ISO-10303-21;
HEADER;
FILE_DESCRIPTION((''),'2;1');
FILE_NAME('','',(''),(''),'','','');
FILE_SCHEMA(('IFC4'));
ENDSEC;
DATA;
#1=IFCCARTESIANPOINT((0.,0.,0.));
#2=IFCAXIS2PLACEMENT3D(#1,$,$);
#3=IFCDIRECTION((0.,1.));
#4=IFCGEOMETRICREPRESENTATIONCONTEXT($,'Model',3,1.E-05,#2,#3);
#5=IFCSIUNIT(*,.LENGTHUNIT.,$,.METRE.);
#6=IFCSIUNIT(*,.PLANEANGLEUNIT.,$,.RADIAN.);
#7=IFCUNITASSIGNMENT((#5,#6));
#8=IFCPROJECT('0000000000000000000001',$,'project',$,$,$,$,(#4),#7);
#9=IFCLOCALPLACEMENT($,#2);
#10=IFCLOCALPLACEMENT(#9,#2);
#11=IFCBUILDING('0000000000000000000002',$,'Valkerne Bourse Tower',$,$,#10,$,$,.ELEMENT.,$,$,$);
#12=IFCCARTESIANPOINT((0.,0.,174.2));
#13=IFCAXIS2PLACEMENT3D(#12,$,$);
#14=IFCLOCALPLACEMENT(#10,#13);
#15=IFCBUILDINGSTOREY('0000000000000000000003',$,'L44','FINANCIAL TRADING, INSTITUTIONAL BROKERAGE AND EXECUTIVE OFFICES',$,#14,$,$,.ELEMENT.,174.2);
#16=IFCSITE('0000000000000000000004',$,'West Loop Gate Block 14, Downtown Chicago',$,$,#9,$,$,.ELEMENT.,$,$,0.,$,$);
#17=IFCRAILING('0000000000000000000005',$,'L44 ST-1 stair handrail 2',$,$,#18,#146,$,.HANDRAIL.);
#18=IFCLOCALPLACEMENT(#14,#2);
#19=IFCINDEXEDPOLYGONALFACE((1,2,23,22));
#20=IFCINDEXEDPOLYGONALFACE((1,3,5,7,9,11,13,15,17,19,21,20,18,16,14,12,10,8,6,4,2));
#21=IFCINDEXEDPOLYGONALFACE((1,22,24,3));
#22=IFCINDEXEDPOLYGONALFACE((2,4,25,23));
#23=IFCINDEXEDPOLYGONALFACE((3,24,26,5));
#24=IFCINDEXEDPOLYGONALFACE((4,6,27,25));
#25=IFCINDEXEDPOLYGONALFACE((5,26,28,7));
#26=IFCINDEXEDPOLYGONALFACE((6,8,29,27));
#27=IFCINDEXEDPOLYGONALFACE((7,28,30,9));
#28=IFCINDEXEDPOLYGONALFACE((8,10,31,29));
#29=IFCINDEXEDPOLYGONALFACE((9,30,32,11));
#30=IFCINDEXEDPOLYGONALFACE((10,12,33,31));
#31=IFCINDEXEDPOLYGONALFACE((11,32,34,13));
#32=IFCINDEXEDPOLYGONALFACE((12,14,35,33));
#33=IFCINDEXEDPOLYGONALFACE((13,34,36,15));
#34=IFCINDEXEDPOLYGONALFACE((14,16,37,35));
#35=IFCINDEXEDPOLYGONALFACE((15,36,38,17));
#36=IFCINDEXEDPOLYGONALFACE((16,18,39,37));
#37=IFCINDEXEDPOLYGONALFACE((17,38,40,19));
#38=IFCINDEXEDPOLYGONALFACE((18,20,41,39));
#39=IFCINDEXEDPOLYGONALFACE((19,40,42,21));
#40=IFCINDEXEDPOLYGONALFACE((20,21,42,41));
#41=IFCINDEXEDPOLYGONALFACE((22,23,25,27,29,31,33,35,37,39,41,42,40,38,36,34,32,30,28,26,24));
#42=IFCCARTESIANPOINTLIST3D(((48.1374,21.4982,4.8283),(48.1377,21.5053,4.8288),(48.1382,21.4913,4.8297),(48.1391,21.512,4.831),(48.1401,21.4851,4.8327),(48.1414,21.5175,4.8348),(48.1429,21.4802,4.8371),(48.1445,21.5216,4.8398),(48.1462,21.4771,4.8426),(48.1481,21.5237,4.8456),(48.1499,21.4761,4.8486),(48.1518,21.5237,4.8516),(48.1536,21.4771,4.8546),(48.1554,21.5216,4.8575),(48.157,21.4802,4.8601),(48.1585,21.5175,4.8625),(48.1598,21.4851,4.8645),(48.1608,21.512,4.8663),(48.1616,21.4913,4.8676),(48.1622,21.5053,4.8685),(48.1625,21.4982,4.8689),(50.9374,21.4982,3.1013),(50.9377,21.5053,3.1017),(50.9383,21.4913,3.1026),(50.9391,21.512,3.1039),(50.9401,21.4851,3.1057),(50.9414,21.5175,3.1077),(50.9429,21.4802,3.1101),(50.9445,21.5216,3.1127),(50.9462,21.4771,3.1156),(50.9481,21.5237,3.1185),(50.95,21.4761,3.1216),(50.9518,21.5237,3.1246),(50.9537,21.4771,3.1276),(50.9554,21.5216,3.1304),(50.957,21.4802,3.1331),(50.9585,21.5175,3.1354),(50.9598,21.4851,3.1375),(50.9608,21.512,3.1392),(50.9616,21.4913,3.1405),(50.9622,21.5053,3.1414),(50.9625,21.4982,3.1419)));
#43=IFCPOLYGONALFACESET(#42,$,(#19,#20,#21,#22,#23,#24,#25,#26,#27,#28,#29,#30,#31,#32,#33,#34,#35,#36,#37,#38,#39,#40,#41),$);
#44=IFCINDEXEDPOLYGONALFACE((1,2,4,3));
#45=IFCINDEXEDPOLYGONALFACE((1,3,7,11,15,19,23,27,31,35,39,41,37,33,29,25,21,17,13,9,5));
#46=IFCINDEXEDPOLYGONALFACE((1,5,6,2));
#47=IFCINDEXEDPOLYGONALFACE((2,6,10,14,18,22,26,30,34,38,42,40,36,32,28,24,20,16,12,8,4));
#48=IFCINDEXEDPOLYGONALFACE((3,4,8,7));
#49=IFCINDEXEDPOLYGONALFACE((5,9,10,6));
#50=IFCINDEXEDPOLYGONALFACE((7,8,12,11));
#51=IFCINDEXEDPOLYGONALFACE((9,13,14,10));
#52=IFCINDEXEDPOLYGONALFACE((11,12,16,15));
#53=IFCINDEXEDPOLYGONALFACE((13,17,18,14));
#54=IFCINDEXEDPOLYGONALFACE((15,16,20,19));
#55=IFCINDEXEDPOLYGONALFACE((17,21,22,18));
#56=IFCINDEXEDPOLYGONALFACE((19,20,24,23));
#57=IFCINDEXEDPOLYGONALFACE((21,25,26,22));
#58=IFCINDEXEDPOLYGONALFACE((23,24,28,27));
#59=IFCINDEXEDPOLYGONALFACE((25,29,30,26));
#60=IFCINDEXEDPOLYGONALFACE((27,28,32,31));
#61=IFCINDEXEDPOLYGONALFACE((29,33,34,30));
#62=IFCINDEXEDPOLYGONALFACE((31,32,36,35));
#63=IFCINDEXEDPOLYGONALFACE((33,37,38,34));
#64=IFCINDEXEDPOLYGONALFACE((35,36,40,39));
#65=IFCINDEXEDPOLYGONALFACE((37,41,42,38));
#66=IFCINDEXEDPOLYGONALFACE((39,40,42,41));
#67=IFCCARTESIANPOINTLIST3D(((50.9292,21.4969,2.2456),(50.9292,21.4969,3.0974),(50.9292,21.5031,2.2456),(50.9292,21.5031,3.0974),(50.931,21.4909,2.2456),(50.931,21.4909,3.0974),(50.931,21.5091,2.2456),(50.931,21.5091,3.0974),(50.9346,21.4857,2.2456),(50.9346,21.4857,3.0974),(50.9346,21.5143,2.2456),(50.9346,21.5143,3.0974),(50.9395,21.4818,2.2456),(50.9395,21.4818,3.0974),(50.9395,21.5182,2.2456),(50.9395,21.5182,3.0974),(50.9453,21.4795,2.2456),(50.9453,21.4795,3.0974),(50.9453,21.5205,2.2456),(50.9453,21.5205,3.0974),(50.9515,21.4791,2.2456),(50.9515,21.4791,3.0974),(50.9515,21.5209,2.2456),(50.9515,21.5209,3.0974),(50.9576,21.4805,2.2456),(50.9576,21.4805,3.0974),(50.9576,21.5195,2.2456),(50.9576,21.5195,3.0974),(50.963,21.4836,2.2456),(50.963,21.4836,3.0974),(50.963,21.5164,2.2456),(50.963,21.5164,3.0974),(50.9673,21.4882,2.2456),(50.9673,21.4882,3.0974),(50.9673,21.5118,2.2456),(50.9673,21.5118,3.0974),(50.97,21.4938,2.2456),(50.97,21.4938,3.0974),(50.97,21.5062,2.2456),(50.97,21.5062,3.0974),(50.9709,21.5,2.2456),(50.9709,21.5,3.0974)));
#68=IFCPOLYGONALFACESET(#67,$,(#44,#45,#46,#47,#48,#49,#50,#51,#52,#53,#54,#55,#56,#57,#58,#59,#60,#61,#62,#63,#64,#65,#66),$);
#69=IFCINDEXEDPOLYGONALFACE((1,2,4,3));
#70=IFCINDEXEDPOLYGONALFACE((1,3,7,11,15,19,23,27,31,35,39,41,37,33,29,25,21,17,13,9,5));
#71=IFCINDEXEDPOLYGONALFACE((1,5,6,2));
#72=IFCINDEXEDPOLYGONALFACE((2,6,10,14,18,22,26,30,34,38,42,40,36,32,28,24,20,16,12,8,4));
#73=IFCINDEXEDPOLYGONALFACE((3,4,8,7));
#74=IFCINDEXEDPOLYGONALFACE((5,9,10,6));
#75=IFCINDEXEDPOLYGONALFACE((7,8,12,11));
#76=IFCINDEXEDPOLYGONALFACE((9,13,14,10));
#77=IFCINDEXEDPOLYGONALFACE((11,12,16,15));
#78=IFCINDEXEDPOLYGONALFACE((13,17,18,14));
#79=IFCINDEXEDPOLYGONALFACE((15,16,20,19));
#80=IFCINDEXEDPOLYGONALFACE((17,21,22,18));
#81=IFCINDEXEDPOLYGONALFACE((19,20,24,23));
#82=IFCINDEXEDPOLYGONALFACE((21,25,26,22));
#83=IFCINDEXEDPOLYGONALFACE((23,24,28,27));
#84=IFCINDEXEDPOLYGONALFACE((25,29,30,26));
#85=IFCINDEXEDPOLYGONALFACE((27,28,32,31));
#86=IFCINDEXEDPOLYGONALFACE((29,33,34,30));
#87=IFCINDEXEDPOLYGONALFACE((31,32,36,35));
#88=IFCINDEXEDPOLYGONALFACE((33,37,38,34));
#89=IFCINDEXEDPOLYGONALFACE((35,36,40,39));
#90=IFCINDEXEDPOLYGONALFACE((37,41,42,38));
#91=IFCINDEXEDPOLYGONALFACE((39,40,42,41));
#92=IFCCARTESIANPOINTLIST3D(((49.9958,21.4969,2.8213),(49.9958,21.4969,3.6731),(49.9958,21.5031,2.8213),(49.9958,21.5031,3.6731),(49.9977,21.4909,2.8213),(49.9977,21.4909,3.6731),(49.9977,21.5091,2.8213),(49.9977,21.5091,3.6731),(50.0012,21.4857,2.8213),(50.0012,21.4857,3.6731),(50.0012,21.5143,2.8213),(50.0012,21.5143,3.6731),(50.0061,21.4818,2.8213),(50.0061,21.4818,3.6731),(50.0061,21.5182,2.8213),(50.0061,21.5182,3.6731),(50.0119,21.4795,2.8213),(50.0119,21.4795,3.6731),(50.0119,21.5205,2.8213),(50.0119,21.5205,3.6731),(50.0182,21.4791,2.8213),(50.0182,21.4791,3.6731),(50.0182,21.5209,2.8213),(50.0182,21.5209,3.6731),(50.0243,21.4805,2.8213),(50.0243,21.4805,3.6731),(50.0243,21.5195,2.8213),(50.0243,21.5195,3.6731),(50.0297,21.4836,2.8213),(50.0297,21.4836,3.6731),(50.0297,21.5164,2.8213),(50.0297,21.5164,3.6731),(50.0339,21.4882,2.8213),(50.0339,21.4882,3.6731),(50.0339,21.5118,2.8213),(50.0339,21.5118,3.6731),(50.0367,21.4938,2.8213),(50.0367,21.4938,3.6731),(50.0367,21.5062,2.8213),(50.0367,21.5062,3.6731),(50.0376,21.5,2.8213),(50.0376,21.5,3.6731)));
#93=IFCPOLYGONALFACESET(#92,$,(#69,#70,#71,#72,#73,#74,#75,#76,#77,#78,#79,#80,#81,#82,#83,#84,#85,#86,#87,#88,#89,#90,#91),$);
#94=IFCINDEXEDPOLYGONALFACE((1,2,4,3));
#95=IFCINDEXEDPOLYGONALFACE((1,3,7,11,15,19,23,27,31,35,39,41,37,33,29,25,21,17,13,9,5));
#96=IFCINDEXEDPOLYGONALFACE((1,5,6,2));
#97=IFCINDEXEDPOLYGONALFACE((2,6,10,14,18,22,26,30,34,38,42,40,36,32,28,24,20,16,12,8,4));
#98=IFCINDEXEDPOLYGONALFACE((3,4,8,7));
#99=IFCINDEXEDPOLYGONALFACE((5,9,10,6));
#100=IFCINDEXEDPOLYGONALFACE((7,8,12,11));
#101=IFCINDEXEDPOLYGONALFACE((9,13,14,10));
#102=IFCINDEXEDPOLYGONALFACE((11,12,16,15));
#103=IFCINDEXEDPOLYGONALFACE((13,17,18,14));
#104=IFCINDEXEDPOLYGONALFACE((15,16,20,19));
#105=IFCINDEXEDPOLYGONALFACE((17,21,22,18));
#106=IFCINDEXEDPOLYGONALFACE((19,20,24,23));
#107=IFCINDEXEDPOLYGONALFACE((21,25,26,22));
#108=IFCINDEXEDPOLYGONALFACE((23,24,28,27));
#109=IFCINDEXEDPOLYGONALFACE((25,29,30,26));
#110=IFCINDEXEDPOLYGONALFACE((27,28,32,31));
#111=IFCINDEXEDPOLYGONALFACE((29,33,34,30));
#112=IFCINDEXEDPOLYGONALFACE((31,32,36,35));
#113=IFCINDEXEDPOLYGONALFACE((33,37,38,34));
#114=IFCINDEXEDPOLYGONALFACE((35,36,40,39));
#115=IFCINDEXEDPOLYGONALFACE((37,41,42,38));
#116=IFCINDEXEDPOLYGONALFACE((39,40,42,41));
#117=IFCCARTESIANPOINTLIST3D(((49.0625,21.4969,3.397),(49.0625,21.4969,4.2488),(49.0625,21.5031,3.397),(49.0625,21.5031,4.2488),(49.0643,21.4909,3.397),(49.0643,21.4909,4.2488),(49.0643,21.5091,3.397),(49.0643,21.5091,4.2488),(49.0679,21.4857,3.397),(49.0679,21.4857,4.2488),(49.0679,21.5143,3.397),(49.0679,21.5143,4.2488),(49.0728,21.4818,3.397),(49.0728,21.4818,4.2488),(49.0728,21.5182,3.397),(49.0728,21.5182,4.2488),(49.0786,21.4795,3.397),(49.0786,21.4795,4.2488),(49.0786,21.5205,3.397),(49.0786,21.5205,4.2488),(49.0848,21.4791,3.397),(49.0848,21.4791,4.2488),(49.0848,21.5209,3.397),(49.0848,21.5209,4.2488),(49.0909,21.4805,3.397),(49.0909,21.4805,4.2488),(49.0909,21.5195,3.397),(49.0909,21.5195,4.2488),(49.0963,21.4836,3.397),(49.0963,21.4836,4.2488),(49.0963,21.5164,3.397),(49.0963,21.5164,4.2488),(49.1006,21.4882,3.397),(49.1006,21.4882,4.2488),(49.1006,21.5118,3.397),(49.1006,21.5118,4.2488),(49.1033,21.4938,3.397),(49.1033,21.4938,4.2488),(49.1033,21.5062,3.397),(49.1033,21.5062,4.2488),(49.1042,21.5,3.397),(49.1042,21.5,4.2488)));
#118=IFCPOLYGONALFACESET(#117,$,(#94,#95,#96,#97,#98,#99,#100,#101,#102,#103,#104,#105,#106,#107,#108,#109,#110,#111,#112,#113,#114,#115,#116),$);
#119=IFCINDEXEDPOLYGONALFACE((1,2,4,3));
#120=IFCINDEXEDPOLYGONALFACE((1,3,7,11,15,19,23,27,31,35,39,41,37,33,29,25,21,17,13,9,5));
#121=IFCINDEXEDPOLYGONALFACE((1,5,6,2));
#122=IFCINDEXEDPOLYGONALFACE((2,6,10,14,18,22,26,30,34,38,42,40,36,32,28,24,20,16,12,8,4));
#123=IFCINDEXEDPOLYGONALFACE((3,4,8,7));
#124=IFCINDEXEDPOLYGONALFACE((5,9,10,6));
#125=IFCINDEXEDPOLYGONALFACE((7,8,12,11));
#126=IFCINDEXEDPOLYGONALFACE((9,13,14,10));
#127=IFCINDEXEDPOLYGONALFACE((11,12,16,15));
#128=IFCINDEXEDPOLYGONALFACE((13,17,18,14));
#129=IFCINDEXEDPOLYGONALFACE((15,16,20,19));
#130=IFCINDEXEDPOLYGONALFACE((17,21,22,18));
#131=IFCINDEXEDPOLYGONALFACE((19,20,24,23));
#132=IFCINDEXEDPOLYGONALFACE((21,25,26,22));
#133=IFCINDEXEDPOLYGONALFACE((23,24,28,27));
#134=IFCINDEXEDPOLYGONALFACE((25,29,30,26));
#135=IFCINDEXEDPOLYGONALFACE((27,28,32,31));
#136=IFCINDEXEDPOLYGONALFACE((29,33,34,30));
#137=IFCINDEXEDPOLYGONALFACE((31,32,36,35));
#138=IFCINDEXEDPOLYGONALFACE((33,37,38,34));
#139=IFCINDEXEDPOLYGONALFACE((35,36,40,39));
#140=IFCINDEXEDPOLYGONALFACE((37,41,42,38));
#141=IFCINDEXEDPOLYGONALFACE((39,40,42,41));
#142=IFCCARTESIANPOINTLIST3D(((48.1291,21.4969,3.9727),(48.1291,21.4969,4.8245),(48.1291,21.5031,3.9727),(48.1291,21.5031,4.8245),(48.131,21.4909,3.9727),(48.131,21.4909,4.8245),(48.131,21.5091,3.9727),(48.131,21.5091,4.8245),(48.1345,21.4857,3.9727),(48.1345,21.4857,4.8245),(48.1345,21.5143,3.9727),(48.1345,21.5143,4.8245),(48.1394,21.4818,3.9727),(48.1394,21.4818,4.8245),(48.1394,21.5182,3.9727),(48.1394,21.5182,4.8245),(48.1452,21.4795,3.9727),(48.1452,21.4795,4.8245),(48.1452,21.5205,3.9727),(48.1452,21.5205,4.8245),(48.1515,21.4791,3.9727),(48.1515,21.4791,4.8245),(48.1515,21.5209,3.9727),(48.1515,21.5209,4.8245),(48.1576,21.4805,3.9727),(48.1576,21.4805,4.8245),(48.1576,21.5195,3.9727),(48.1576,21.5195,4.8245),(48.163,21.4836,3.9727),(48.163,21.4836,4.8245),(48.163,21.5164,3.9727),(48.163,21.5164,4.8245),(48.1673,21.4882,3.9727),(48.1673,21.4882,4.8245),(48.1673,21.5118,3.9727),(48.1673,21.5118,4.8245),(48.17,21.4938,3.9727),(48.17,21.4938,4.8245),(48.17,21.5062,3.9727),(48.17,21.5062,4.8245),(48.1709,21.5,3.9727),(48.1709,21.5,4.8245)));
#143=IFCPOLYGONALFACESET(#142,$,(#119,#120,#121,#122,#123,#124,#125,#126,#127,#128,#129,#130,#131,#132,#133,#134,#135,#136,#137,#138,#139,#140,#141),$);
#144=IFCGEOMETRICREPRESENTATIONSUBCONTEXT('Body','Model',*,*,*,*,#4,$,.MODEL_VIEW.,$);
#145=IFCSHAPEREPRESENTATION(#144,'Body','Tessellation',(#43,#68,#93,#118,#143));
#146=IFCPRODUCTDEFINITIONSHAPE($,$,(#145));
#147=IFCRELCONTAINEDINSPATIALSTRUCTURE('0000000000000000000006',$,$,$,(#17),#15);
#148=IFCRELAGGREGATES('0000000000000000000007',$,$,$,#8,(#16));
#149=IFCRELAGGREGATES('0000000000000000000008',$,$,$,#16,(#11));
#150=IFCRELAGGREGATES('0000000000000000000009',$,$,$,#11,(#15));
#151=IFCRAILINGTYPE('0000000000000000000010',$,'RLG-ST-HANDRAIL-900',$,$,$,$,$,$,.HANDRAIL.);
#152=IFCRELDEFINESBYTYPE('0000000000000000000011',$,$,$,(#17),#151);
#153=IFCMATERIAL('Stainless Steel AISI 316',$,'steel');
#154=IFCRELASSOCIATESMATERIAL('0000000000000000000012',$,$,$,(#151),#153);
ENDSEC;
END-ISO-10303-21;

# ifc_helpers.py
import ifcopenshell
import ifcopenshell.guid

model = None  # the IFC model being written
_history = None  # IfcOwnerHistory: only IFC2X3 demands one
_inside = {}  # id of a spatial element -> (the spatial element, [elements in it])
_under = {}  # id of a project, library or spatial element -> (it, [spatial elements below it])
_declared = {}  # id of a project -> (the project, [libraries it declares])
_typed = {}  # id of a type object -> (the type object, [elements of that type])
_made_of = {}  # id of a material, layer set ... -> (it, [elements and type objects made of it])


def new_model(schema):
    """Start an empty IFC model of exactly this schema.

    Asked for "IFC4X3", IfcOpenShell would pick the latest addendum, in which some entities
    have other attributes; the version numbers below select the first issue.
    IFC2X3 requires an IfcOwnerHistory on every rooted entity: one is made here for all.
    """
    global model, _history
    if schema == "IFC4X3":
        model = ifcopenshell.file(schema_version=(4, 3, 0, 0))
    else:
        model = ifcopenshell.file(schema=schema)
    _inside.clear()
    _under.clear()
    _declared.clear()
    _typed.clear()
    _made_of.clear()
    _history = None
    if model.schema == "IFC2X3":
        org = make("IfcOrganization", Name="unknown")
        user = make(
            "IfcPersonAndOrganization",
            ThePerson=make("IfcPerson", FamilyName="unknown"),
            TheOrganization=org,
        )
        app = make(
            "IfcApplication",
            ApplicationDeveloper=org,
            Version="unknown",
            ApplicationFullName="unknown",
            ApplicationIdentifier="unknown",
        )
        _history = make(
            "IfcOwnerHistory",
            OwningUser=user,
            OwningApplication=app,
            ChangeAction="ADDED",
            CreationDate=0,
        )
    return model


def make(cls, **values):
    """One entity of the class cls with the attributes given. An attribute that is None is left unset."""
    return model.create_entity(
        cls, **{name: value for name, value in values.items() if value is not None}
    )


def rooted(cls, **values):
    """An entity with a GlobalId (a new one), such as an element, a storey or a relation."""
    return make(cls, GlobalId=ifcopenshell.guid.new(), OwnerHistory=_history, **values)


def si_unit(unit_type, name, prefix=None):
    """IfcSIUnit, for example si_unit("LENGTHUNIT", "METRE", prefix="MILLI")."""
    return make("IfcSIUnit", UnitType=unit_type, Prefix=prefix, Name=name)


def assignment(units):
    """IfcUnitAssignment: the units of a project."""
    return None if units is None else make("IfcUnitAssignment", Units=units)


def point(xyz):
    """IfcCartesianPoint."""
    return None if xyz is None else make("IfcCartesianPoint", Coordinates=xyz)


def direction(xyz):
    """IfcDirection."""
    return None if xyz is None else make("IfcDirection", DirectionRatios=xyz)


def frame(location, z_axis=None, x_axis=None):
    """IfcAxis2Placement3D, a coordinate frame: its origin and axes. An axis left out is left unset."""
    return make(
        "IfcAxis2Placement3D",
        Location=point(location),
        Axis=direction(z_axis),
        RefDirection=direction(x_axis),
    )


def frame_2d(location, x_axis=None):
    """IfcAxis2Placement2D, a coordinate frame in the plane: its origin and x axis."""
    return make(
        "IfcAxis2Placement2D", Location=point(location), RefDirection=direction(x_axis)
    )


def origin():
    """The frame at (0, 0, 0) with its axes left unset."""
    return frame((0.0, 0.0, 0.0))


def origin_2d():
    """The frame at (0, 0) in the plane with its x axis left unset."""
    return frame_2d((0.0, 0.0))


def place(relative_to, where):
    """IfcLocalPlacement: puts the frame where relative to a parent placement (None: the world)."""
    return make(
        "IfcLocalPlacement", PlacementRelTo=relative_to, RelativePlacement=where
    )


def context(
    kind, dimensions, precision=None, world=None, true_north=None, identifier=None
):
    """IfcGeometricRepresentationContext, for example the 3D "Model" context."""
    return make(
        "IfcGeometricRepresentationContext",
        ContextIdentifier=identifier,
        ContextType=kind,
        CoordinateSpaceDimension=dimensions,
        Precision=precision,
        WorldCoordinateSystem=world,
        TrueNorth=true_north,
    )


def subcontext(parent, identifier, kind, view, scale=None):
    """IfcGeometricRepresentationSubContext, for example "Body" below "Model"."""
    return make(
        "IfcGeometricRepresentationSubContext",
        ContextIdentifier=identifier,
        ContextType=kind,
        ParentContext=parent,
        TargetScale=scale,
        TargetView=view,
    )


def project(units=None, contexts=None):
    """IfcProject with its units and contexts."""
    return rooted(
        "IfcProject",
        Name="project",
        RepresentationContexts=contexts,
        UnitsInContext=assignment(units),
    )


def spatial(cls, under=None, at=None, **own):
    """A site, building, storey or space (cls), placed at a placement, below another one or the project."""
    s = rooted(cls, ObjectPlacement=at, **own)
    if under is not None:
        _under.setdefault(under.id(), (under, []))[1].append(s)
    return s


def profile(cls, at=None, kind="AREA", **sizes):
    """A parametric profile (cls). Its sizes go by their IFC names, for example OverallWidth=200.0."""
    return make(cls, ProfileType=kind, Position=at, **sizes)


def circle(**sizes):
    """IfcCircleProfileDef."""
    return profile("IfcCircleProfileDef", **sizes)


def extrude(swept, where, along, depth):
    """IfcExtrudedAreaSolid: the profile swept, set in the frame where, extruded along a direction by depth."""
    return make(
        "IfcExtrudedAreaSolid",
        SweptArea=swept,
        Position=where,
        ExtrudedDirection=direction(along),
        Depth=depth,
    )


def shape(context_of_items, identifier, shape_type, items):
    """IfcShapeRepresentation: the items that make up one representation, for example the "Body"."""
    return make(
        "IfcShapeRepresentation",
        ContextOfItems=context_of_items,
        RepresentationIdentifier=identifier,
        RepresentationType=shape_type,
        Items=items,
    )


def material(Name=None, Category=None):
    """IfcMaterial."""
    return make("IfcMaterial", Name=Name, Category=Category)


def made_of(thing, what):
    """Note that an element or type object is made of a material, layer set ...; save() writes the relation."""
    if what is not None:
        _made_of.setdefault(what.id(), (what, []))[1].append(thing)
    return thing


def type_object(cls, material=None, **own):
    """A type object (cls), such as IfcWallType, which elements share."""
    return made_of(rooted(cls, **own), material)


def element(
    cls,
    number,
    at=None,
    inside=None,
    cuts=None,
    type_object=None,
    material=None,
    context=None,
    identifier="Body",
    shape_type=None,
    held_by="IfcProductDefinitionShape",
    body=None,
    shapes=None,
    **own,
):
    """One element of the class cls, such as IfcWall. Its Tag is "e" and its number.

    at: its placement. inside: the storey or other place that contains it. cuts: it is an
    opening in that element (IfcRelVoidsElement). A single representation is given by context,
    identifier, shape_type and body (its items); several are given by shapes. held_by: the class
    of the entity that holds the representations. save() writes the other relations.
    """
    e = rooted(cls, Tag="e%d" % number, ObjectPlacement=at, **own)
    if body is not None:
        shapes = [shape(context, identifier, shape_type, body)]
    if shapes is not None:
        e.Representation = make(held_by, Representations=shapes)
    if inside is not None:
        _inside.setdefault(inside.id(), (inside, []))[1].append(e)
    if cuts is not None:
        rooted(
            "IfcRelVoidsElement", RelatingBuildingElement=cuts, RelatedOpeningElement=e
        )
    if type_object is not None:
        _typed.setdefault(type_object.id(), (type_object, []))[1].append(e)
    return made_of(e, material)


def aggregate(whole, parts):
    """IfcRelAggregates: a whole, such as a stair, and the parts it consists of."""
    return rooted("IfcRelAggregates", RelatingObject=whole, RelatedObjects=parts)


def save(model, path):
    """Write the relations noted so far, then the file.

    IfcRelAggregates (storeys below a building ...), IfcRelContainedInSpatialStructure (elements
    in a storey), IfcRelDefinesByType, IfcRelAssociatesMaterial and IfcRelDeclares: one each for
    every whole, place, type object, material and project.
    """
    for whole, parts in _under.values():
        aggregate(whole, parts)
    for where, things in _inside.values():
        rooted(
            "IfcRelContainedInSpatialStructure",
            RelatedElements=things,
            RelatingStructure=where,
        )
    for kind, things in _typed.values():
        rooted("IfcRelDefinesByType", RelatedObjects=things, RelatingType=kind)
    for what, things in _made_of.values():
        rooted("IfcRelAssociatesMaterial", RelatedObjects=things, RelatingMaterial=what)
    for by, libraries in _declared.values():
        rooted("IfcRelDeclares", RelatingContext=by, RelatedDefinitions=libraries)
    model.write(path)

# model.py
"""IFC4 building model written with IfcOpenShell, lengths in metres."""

from ifc_helpers import new_model, si_unit, direction, frame, origin, origin_2d, place, context, subcontext, project, spatial, circle, extrude, material, type_object, element, save


model = new_model("IFC4")

# Units and contexts
model_context = context("Model", 3, precision=1e-05, world=origin(), true_north=direction((0.0, 1.0)))
body_context = subcontext(model_context, "Body", "Model", "MODEL_VIEW")
ifc_project = project(units=[si_unit("LENGTHUNIT", "METRE"), si_unit("PLANEANGLEUNIT", "RADIAN")], contexts=[model_context])

# Site, building, storey
site_placement = place(None, origin())
site = spatial("IfcSite", under=ifc_project, at=site_placement, Name="West Loop Gate Block 14, Downtown Chicago", CompositionType="ELEMENT", RefElevation=0.0)
building_placement = place(site_placement, origin())
building = spatial("IfcBuilding", under=site, at=building_placement, Name="Valkerne Bourse Tower", CompositionType="ELEMENT")
storey_placement = place(building_placement, frame((0.0, 0.0, 174.2)))
storey = spatial("IfcBuildingStorey", under=building, at=storey_placement, Name="L44", Description="FINANCIAL TRADING, INSTITUTIONAL BROKERAGE AND EXECUTIVE OFFICES", CompositionType="ELEMENT", Elevation=174.2)

# Shared definitions
ifc_material_1 = material(Name="Stainless Steel AISI 316", Category="steel")

# Railing
railing_type_1 = type_object("IfcRailingType", Name="RLG-ST-HANDRAIL-900", PredefinedType="HANDRAIL", material=ifc_material_1)
railing_1_placement = place(storey_placement, frame((50.95, 21.5, 2.2456)))
element("IfcRailing", 1, at=railing_1_placement, inside=storey, type_object=railing_type_1, Name="L44 ST-1 stair handrail 2", PredefinedType="HANDRAIL", context=body_context, shape_type="SweptSolid", body=[
    extrude(circle(Radius=0.0239, at=origin_2d()), frame((0.0, 0.0, 0.876), z_axis=(-0.851123, 0.0, 0.524967), x_axis=(0.0, -1.0, 0.0)), (0.0, 0.0, 1.0), 3.2898),
    extrude(circle(Radius=0.021, at=origin_2d()), origin(), (0.0, 0.0, 1.0), 0.8518),
    extrude(circle(Radius=0.021, at=origin_2d()), frame((-0.9333, 0.0, 0.5757)), (0.0, 0.0, 1.0), 0.8518),
    extrude(circle(Radius=0.021, at=origin_2d()), frame((-1.8667, 0.0, 1.1514)), (0.0, 0.0, 1.0), 0.8518),
    extrude(circle(Radius=0.021, at=origin_2d()), frame((-2.8, 0.0, 1.7271)), (0.0, 0.0, 1.0), 0.8518),
])

save(model, "model.ifc")
